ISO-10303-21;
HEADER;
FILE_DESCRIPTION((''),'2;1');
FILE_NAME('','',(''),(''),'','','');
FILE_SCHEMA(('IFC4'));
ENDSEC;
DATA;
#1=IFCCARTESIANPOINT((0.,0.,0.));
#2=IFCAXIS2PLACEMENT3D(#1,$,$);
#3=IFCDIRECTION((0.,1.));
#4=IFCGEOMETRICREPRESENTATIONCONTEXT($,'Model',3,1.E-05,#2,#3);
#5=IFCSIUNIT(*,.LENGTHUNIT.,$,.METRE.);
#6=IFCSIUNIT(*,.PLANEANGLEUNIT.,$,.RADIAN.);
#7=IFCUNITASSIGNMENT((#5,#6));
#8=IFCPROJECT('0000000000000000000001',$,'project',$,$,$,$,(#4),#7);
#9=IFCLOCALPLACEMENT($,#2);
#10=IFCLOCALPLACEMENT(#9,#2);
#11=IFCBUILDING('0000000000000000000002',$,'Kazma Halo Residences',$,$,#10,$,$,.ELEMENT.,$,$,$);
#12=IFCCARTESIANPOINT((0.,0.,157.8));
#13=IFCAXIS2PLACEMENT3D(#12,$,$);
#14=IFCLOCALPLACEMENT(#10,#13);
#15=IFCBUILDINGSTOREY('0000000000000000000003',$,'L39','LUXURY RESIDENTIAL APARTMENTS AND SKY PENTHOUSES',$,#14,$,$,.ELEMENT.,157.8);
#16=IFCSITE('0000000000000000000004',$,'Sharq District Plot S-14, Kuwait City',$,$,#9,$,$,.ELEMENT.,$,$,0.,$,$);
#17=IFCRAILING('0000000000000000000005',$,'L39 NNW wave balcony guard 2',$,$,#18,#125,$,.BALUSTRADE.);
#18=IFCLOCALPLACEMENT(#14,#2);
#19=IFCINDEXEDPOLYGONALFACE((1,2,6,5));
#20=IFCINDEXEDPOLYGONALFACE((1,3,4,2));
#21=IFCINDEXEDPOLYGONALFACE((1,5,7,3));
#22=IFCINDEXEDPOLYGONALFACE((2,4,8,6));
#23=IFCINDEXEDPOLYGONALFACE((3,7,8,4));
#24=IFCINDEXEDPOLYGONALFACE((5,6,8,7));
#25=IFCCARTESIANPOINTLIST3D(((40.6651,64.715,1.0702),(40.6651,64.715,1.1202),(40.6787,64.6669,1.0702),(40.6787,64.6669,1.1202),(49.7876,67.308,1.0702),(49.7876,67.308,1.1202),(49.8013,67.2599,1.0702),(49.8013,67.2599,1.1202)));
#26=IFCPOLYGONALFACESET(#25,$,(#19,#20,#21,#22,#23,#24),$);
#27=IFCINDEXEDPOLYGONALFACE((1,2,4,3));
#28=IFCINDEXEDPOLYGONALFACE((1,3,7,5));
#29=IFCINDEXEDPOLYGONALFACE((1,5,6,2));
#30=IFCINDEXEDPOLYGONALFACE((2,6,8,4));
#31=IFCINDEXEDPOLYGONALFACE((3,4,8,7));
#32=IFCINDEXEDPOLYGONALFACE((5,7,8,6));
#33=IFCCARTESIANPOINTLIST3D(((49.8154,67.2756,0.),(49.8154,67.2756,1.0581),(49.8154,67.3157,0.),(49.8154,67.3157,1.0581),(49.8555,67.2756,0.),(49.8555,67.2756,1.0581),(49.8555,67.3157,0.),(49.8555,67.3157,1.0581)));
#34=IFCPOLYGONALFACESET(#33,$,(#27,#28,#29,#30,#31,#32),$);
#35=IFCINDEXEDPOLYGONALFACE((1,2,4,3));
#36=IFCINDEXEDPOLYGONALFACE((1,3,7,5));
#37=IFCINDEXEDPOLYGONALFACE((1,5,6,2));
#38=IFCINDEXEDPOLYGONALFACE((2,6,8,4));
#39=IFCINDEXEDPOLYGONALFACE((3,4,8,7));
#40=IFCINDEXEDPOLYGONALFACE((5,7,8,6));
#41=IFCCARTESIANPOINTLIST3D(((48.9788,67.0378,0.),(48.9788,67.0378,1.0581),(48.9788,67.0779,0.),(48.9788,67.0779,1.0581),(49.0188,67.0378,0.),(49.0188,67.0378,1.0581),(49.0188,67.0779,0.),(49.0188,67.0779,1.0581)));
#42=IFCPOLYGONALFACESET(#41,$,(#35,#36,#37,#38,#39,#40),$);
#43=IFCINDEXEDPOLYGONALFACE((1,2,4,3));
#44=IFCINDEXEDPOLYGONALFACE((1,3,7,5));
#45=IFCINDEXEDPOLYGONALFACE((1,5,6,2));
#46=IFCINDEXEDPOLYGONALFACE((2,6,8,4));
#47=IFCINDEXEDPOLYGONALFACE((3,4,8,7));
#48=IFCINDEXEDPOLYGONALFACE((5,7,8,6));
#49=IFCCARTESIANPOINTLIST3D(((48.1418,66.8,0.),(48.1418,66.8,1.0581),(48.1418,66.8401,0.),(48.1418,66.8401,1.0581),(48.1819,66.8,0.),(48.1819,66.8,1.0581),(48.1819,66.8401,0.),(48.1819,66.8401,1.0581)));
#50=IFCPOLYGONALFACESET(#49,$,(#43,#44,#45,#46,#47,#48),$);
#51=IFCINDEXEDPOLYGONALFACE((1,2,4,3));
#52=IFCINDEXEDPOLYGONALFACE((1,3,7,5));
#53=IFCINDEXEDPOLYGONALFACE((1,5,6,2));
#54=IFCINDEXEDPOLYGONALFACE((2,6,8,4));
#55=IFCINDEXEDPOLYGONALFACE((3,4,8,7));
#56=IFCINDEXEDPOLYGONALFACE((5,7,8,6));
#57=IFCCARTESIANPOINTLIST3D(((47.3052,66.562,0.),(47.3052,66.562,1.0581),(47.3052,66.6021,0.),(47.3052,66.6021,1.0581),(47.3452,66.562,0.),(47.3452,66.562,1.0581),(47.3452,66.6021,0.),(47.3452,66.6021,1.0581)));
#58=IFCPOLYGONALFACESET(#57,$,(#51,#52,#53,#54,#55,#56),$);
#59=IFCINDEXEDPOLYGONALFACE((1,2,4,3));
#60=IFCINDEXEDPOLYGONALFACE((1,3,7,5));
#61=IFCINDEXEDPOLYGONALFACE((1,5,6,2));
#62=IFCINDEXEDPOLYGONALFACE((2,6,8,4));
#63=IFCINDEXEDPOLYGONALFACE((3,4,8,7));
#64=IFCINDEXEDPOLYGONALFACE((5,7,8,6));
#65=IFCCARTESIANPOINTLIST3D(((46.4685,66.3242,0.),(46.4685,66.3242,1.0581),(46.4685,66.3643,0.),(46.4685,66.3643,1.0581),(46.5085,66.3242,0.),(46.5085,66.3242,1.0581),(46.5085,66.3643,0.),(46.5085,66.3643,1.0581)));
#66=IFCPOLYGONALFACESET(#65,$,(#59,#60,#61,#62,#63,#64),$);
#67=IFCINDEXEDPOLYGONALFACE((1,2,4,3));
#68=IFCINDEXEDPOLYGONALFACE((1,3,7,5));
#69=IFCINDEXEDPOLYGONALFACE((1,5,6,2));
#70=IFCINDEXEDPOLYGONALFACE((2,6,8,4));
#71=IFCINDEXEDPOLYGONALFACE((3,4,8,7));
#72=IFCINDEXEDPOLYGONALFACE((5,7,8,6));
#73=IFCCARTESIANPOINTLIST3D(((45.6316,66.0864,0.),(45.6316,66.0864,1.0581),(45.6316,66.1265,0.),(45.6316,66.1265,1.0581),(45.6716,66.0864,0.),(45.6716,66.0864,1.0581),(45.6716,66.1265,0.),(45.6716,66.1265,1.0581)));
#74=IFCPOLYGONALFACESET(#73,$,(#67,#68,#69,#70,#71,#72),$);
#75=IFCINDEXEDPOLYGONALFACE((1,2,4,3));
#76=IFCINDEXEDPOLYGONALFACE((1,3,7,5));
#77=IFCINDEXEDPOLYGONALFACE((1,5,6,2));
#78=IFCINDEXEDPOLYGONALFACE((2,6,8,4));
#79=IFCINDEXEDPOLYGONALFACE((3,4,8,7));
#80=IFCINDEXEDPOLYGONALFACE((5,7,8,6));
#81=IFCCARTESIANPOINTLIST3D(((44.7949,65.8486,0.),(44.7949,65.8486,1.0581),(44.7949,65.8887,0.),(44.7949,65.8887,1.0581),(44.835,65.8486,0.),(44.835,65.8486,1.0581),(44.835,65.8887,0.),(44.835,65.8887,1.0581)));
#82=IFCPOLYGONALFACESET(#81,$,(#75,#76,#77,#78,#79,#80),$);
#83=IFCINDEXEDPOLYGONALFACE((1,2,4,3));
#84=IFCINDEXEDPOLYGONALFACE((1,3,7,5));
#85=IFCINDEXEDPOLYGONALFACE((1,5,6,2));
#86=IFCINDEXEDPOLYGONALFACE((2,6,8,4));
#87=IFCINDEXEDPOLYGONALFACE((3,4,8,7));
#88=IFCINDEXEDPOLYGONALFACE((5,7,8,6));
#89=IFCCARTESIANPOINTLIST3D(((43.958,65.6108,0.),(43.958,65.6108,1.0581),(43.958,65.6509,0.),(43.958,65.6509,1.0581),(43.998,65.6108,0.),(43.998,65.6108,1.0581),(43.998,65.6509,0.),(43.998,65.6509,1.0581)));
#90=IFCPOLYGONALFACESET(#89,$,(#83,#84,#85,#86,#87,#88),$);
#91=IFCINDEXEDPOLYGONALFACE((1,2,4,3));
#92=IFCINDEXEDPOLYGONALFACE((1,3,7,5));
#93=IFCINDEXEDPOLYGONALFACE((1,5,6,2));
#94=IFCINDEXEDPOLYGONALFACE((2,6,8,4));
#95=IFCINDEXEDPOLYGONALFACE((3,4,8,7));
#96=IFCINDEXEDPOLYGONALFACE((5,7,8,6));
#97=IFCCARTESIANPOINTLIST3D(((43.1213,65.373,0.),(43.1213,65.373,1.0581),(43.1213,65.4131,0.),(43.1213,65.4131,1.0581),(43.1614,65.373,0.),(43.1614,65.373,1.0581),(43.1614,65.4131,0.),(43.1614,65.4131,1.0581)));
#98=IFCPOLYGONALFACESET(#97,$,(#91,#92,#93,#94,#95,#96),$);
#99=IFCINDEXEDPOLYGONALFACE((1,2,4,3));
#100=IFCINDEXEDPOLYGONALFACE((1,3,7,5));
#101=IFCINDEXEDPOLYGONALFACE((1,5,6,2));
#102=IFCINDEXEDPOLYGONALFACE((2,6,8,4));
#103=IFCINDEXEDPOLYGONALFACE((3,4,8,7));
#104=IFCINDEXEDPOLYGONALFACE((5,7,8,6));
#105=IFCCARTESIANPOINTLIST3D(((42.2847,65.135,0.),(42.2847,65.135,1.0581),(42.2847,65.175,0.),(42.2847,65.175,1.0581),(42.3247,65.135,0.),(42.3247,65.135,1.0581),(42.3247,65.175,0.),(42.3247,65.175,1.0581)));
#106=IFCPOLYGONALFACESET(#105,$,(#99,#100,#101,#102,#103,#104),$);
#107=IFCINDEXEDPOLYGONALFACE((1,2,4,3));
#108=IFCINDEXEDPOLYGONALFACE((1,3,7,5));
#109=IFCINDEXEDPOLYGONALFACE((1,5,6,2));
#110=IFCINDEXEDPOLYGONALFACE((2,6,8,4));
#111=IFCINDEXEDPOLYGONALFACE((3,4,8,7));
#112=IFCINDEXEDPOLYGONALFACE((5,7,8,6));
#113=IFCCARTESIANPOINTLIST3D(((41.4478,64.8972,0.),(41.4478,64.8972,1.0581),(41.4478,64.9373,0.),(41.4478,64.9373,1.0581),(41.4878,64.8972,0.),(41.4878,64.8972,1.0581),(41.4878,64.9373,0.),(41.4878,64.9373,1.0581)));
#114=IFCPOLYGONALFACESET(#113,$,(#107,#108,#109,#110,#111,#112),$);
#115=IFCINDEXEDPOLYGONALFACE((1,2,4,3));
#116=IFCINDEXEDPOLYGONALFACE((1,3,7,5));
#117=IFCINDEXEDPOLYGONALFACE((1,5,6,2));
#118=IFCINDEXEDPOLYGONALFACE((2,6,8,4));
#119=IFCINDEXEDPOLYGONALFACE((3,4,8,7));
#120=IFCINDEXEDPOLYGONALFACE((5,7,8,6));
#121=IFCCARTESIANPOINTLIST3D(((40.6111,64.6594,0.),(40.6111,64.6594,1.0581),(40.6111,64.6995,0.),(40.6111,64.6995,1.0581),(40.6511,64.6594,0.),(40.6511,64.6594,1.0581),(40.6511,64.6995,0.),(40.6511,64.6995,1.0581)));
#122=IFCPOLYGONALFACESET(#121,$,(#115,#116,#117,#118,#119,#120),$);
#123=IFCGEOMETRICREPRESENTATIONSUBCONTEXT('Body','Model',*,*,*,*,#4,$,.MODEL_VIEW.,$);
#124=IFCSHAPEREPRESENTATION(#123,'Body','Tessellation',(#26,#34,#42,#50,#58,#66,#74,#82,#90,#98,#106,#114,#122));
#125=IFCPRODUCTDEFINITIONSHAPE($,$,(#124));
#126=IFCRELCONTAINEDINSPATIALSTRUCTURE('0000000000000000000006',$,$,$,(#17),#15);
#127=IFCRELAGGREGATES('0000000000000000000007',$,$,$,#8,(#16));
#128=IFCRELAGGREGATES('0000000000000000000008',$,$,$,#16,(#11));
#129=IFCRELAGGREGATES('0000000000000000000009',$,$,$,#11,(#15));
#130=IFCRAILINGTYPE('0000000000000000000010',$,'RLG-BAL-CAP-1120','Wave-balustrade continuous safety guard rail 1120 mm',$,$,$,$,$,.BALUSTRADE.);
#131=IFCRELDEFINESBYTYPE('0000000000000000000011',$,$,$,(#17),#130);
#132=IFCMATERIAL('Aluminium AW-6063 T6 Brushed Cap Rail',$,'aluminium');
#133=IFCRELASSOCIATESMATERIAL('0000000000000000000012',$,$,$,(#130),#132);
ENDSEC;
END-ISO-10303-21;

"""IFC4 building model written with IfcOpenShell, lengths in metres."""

from ifc_helpers import new_model, si_unit, direction, frame, origin, origin_2d, place, context, subcontext, project, spatial, rectangle, extrude, material, type_object, element, save


model = new_model("IFC4")

# Units and contexts
model_context = context("Model", 3, precision=1e-05, world=origin(), true_north=direction((0.0, 1.0)))
body_context = subcontext(model_context, "Body", "Model", "MODEL_VIEW")
ifc_project = project(units=[si_unit("LENGTHUNIT", "METRE"), si_unit("PLANEANGLEUNIT", "RADIAN")], contexts=[model_context])

# Site, building, storey
site_placement = place(None, origin())
site = spatial("IfcSite", under=ifc_project, at=site_placement, Name="Sharq District Plot S-14, Kuwait City", CompositionType="ELEMENT", RefElevation=0.0)
building_placement = place(site_placement, origin())
building = spatial("IfcBuilding", under=site, at=building_placement, Name="Kazma Halo Residences", CompositionType="ELEMENT")
storey_placement = place(building_placement, frame((0.0, 0.0, 157.8)))
storey = spatial("IfcBuildingStorey", under=building, at=storey_placement, Name="L39", Description="LUXURY RESIDENTIAL APARTMENTS AND SKY PENTHOUSES", CompositionType="ELEMENT", Elevation=157.8)

# Railing
ifc_material_1 = material(Name="Aluminium AW-6063 T6 Brushed Cap Rail", Category="aluminium")
railing_type = type_object("IfcRailingType", Name="RLG-BAL-CAP-1120", Description="Wave-balustrade continuous safety guard rail 1120 mm", PredefinedType="BALUSTRADE", material=ifc_material_1)
railing_1_placement = place(storey_placement, frame((49.8354, 67.2957, 0.0)))
element("IfcRailing", 1, at=railing_1_placement, inside=storey, type_object=railing_type, Name="L39 NNW wave balcony guard 2", PredefinedType="BALUSTRADE", context=body_context, shape_type="SweptSolid", body=[
    extrude(rectangle(XDim=0.05, YDim=0.05, at=origin_2d()), frame((-0.041, -0.0117, 1.0952), z_axis=(-0.961899, -0.273407, 0.0), x_axis=(0.273407, -0.961899, 0.0)), (0.0, 0.0, 1.0), 9.4839),
    extrude(rectangle(XDim=0.04, YDim=0.04, at=origin_2d()), origin(), (0.0, 0.0, 1.0), 1.0581),
    extrude(rectangle(XDim=0.04, YDim=0.04, at=origin_2d()), frame((-0.8367, -0.2378, 0.0)), (0.0, 0.0, 1.0), 1.0581),
    extrude(rectangle(XDim=0.04, YDim=0.04, at=origin_2d()), frame((-1.6736, -0.4756, 0.0)), (0.0, 0.0, 1.0), 1.0581),
    extrude(rectangle(XDim=0.04, YDim=0.04, at=origin_2d()), frame((-2.5103, -0.7136, 0.0)), (0.0, 0.0, 1.0), 1.0581),
    extrude(rectangle(XDim=0.04, YDim=0.04, at=origin_2d()), frame((-3.3469, -0.9514, 0.0)), (0.0, 0.0, 1.0), 1.0581),
    extrude(rectangle(XDim=0.04, YDim=0.04, at=origin_2d()), frame((-4.1838, -1.1892, 0.0)), (0.0, 0.0, 1.0), 1.0581),
    extrude(rectangle(XDim=0.04, YDim=0.04, at=origin_2d()), frame((-5.0205, -1.427, 0.0)), (0.0, 0.0, 1.0), 1.0581),
    extrude(rectangle(XDim=0.04, YDim=0.04, at=origin_2d()), frame((-5.8574, -1.6648, 0.0)), (0.0, 0.0, 1.0), 1.0581),
    extrude(rectangle(XDim=0.04, YDim=0.04, at=origin_2d()), frame((-6.6941, -1.9026, 0.0)), (0.0, 0.0, 1.0), 1.0581),
    extrude(rectangle(XDim=0.04, YDim=0.04, at=origin_2d()), frame((-7.5308, -2.1406, 0.0)), (0.0, 0.0, 1.0), 1.0581),
    extrude(rectangle(XDim=0.04, YDim=0.04, at=origin_2d()), frame((-8.3677, -2.3784, 0.0)), (0.0, 0.0, 1.0), 1.0581),
    extrude(rectangle(XDim=0.04, YDim=0.04, at=origin_2d()), frame((-9.2043, -2.6162, 0.0)), (0.0, 0.0, 1.0), 1.0581),
])

save(model, "model.ifc")
